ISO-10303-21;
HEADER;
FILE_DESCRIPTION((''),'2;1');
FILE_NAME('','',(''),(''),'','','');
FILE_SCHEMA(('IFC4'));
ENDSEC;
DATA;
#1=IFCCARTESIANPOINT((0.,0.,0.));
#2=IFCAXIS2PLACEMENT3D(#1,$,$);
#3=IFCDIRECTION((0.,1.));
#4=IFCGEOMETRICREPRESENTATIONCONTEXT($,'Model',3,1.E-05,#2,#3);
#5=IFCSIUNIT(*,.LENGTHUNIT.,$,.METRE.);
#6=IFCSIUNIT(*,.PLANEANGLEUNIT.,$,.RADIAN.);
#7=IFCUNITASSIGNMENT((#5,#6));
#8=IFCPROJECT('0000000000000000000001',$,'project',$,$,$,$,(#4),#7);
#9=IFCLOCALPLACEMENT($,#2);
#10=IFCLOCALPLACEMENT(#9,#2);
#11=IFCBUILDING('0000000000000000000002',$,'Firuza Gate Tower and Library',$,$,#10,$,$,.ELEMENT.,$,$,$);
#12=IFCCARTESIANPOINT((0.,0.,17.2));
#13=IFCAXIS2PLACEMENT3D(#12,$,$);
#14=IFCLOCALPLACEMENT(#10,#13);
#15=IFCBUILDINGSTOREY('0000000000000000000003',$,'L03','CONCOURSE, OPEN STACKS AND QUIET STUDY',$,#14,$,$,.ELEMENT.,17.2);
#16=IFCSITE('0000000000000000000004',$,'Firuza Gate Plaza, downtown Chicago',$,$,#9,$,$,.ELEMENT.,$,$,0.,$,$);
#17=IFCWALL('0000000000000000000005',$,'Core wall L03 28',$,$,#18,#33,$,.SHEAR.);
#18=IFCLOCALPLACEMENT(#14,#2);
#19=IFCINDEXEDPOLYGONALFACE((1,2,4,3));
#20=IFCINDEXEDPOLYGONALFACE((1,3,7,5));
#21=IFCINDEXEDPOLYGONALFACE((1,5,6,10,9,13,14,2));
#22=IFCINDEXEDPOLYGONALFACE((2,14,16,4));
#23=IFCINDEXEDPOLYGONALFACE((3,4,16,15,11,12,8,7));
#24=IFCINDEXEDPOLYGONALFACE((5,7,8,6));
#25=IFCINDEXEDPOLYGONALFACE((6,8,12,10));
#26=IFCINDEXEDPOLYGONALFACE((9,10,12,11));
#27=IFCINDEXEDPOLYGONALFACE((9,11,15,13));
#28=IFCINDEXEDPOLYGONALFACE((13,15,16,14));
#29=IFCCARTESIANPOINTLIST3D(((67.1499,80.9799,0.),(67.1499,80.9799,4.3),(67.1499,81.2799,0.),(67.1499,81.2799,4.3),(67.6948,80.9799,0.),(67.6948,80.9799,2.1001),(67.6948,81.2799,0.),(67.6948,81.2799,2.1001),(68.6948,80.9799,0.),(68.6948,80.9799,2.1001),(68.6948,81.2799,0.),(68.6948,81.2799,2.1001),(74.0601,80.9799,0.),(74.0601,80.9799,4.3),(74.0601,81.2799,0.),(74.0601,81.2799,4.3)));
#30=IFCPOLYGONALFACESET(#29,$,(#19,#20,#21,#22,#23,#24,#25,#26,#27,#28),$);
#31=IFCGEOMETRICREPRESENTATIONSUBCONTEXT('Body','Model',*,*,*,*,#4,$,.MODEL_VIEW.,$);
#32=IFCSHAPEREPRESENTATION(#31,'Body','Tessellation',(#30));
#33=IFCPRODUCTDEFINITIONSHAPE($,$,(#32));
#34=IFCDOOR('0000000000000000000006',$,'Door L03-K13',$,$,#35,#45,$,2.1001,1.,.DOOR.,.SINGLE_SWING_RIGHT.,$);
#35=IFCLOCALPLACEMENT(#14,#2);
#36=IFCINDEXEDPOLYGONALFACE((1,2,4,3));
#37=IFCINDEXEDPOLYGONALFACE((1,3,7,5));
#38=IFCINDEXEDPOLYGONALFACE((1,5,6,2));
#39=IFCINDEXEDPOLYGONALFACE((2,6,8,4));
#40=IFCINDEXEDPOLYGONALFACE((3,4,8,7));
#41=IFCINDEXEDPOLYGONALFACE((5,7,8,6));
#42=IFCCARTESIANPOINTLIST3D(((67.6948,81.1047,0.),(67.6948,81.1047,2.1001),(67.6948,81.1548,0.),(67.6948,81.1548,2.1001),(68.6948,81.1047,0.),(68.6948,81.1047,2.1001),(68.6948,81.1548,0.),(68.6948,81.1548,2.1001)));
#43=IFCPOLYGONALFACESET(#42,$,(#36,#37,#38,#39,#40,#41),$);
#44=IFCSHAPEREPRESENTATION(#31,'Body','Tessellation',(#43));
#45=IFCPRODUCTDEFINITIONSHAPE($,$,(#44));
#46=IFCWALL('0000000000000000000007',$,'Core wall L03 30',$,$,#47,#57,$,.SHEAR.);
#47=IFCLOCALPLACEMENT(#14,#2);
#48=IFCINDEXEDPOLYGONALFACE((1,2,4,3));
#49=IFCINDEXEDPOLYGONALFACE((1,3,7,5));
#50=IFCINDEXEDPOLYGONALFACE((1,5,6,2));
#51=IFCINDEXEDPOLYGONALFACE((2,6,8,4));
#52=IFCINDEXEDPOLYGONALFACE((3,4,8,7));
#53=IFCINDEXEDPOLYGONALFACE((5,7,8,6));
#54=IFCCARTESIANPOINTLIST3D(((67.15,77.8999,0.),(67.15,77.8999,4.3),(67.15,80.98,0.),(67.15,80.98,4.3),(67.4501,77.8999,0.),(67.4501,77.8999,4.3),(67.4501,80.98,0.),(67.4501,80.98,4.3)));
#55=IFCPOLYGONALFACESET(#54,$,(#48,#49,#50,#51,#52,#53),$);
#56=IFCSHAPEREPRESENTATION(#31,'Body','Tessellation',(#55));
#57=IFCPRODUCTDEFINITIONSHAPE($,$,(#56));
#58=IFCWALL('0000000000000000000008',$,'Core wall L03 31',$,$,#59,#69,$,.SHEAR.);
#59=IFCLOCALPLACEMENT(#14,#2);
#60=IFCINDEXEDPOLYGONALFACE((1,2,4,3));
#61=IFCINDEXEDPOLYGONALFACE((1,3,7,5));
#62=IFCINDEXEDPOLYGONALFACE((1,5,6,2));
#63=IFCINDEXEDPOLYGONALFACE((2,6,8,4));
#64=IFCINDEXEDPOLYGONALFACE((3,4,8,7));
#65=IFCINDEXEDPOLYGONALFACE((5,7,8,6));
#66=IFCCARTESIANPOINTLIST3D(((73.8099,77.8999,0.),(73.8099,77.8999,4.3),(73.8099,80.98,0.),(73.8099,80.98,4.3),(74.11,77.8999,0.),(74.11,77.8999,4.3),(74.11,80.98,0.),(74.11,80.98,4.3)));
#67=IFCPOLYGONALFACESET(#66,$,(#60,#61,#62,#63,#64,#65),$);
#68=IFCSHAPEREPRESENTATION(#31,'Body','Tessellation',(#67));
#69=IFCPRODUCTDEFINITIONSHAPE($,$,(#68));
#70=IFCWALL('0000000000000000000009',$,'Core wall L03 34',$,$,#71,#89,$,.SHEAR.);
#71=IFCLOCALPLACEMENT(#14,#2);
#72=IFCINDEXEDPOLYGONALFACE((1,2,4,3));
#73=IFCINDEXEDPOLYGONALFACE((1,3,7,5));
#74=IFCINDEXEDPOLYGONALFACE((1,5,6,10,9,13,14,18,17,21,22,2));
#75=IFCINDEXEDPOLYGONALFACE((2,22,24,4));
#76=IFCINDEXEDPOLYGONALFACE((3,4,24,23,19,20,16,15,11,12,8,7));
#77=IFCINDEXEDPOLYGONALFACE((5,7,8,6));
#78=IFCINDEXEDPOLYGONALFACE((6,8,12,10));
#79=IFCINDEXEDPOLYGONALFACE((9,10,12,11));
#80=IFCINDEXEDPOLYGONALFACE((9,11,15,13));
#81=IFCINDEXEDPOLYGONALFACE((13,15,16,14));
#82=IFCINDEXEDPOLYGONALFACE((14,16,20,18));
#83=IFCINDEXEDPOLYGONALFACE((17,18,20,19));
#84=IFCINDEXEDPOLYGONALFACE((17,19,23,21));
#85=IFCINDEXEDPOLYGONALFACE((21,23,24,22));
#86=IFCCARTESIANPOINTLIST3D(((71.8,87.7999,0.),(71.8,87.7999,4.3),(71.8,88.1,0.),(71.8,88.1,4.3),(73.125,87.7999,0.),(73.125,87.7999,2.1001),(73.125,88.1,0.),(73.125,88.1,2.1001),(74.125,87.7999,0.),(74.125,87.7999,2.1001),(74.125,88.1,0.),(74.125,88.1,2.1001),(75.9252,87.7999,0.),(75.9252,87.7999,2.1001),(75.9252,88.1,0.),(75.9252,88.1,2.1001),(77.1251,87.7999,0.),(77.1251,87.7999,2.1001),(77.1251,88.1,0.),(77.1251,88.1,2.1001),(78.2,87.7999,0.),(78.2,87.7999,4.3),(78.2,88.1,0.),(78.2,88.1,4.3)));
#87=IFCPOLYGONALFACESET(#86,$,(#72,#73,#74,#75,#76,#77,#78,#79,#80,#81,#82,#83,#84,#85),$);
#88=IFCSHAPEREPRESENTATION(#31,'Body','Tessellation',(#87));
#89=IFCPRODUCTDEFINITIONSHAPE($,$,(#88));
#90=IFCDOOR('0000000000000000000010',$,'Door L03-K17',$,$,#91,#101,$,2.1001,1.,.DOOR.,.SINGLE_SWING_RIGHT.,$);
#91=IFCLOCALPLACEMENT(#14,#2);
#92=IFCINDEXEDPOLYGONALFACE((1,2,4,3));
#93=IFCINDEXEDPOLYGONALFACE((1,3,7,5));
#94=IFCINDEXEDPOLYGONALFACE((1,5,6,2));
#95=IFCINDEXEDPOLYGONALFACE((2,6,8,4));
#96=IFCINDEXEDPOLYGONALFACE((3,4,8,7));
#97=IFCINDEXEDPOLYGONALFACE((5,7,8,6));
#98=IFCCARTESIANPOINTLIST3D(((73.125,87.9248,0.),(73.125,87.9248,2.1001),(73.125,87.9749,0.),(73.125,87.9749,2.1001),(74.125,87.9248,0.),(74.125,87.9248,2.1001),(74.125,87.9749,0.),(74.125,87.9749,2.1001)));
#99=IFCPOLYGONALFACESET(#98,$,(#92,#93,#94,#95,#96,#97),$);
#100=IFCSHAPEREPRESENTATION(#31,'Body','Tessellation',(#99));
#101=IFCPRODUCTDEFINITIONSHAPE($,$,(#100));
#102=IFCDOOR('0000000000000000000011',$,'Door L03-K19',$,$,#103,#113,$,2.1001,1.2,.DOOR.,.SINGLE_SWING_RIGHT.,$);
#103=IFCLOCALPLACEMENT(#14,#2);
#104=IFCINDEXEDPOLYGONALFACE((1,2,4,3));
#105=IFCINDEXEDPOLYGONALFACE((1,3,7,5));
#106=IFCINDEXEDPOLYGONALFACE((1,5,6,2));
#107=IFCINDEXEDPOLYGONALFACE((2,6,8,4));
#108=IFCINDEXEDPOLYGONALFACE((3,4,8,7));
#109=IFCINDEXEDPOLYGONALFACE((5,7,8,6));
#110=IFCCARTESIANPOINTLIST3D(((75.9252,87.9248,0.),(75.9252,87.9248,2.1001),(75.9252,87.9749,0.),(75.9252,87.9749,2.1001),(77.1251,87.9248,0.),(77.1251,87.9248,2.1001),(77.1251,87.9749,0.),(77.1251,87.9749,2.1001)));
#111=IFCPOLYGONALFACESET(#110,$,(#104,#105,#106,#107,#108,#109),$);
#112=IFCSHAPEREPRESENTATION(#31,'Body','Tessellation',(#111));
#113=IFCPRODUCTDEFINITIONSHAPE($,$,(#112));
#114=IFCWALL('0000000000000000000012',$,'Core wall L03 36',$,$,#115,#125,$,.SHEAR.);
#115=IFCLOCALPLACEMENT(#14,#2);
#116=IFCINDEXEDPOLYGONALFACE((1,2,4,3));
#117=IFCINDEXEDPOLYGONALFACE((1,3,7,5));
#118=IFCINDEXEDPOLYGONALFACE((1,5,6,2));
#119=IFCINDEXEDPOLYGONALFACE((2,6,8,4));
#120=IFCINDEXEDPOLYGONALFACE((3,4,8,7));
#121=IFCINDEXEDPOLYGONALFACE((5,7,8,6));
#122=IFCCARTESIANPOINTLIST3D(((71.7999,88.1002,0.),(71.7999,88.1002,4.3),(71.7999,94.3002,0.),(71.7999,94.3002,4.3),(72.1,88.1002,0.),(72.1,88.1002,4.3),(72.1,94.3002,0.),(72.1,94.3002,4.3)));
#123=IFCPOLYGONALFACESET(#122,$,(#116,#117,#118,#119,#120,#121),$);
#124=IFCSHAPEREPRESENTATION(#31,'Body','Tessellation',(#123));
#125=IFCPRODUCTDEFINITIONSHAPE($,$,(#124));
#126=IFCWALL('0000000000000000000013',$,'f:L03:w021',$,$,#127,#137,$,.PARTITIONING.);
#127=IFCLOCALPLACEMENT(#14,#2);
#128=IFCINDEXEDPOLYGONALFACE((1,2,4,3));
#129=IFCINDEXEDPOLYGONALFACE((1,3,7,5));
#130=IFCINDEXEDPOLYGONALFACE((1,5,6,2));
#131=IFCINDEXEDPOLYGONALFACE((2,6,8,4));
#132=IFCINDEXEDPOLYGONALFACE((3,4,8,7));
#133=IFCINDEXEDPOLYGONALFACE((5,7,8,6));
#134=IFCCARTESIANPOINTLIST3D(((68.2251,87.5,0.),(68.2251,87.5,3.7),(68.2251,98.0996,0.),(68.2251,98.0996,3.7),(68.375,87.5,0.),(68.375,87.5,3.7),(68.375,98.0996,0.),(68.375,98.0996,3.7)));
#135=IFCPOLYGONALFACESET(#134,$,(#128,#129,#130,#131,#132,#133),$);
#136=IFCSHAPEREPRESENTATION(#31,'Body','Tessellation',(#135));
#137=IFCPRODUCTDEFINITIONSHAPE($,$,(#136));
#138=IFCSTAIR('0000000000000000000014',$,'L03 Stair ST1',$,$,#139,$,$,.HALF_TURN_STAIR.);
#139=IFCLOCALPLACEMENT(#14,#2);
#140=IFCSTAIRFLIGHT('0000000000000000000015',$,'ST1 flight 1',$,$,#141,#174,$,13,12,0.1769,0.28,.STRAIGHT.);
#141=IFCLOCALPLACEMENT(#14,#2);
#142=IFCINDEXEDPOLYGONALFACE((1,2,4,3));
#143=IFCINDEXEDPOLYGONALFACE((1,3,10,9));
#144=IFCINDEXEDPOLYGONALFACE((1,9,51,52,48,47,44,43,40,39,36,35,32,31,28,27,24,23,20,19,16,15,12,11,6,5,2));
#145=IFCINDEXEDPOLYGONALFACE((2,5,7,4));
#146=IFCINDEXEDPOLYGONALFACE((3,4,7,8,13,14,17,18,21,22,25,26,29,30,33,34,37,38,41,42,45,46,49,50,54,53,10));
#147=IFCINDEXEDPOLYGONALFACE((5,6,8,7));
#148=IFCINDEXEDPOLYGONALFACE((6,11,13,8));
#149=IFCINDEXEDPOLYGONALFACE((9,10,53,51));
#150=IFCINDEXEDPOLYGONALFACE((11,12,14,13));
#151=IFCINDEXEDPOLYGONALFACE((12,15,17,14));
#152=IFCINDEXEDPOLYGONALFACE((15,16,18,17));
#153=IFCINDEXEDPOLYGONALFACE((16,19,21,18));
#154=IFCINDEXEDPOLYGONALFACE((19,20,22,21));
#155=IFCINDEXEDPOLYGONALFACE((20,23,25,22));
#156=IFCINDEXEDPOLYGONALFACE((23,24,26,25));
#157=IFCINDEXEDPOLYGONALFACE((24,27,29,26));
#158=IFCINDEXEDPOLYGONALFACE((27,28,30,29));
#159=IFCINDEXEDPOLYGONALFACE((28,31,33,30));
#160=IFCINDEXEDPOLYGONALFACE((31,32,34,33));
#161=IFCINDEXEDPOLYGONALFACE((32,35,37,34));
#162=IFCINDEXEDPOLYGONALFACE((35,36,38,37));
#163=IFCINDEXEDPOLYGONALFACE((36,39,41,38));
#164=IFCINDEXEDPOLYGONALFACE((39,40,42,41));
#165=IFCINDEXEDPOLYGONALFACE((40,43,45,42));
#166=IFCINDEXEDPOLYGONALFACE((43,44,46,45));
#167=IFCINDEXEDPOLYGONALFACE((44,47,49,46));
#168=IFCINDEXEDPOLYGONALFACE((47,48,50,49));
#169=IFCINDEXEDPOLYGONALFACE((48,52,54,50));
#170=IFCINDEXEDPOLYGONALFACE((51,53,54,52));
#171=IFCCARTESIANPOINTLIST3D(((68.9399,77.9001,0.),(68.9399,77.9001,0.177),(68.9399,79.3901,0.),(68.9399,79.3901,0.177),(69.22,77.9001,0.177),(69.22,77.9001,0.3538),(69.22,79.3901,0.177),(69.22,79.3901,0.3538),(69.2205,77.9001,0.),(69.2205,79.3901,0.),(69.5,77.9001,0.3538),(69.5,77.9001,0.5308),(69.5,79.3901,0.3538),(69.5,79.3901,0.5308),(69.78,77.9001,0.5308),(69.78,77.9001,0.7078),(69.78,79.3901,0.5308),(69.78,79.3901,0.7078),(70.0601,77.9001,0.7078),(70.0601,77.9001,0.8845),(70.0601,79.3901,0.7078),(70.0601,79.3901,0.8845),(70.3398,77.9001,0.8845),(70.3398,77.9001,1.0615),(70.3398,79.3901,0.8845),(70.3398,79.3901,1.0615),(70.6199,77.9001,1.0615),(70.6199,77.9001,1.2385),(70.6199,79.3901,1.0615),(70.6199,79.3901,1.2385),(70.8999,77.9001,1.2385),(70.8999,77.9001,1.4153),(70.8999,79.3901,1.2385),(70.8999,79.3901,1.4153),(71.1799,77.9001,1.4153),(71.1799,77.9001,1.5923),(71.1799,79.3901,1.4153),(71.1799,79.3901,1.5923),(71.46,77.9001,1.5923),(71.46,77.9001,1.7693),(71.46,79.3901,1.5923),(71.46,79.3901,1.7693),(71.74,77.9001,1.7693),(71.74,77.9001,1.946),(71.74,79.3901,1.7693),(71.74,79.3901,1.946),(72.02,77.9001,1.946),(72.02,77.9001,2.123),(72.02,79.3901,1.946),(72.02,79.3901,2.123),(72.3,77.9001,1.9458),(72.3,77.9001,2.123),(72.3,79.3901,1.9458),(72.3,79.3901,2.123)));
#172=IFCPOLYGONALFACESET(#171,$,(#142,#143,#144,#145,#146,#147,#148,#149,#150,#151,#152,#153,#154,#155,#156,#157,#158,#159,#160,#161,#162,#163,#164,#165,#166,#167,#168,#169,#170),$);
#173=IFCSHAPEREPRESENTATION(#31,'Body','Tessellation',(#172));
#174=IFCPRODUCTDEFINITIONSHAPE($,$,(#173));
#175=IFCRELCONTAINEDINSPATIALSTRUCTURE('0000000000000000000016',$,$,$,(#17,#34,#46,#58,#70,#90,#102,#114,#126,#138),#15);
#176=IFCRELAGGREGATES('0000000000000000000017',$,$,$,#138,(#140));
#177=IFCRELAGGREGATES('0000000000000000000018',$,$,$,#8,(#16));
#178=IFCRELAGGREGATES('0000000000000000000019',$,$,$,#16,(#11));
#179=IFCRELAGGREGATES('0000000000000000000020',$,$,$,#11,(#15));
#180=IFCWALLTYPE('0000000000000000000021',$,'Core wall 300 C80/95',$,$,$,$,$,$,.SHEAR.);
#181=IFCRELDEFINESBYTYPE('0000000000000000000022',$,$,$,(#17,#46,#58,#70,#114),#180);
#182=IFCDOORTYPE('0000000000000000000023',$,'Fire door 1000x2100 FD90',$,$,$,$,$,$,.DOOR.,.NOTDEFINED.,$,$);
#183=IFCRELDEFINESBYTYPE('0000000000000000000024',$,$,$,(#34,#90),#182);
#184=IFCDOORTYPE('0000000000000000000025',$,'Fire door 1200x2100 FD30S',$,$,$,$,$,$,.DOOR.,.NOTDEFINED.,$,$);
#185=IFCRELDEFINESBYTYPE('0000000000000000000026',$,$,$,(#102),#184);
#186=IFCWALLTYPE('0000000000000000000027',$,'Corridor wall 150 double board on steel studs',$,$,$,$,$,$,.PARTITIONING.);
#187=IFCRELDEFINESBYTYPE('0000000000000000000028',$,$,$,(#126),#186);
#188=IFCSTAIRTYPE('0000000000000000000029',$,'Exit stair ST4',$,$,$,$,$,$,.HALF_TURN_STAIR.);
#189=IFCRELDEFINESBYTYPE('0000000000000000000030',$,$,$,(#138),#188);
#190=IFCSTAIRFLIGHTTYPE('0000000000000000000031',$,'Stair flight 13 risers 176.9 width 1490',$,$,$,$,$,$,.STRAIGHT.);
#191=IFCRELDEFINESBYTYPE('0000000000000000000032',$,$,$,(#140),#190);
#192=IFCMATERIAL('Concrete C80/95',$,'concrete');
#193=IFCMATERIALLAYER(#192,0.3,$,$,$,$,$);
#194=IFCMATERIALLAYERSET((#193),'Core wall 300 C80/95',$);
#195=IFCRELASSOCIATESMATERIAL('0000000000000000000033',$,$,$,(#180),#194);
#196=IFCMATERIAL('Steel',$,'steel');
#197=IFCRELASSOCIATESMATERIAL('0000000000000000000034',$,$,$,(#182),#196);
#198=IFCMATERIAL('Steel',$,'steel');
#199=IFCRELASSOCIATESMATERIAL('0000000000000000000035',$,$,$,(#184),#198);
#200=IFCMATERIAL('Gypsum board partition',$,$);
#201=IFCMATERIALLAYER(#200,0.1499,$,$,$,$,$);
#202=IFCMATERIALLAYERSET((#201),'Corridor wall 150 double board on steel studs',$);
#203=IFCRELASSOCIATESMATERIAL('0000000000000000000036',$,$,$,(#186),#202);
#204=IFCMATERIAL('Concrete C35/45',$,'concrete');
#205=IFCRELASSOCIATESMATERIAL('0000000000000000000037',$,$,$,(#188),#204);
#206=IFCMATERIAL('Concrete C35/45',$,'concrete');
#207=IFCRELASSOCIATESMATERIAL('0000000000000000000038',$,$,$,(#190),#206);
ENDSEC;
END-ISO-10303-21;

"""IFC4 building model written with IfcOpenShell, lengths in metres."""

from ifc_helpers import new_model, si_unit, direction, frame, frame_2d, origin, place, context, subcontext, project, spatial, polyline, rectangle, outline, extrude, material, layer, layer_set, type_object, element, fill, aggregate, save


model = new_model("IFC4")

# Units and contexts
model_context = context("Model", 3, precision=1e-05, world=origin(), true_north=direction((0.0, 1.0)))
body_context = subcontext(model_context, "Body", "Model", "MODEL_VIEW")
ifc_project = project(units=[si_unit("LENGTHUNIT", "METRE"), si_unit("PLANEANGLEUNIT", "RADIAN")], contexts=[model_context])

# Site, building, storey
site_placement = place(None, origin())
site = spatial("IfcSite", under=ifc_project, at=site_placement, Name="Firuza Gate Plaza, downtown Chicago", CompositionType="ELEMENT", RefElevation=0.0)
building_placement = place(site_placement, origin())
building = spatial("IfcBuilding", under=site, at=building_placement, Name="Firuza Gate Tower and Library", CompositionType="ELEMENT")
storey_placement = place(building_placement, frame((0.0, 0.0, 17.2)))
storey = spatial("IfcBuildingStorey", under=building, at=storey_placement, Name="L03", Description="CONCOURSE, OPEN STACKS AND QUIET STUDY", CompositionType="ELEMENT", Elevation=17.2)

# Shared definitions
ifc_material_1 = material(Name="Concrete C80/95", Category="concrete")
ifc_layer_1 = layer(ifc_material_1, 0.3)
ifc_layer_set_1 = layer_set([ifc_layer_1], Name="Core wall 300 C80/95")
wall_type_1 = type_object("IfcWallType", Name="Core wall 300 C80/95", PredefinedType="SHEAR", material=ifc_layer_set_1)

# Wall, opening, door
wall_1_placement = place(storey_placement, frame((67.1499, 81.1299, 0.0), z_axis=(0.0, 0.0, 1.0), x_axis=(1.0, 0.0, 0.0)))
wall_1 = element("IfcWall", 1, at=wall_1_placement, inside=storey, type_object=wall_type_1, Name="Core wall L03 28", PredefinedType="SHEAR", context=body_context, shape_type="SweptSolid", body=[
    extrude(rectangle(XDim=6.9102, YDim=0.3, at=frame_2d((3.4551, 0.0))), origin(), (0.0, 0.0, 1.0), 4.3),
])
opening_1_placement = place(wall_1_placement, frame((0.5449, 0.0, 0.0)))
opening_1 = element("IfcOpeningElement", 2, at=opening_1_placement, cuts=wall_1, PredefinedType="OPENING", context=body_context, shape_type="SweptSolid", body=[
    extrude(rectangle(XDim=1.0, YDim=2.1001, at=frame_2d((0.5, 1.05))), frame((0.0, 0.1602, 0.0), z_axis=(0.0, -1.0, 0.0), x_axis=(1.0, 0.0, 0.0)), (0.0, 0.0, 1.0), 0.3201),
])
ifc_material_2 = material(Name="Steel", Category="steel")
door_type_1 = type_object("IfcDoorType", Name="Fire door 1000x2100 FD90", OperationType="NOTDEFINED", PredefinedType="DOOR", material=ifc_material_2)
door_1_placement = place(opening_1_placement, origin())
door_1 = element("IfcDoor", 3, at=door_1_placement, inside=storey, type_object=door_type_1, Name="Door L03-K13", OperationType="SINGLE_SWING_RIGHT", OverallHeight=2.1001, OverallWidth=1.0, PredefinedType="DOOR", context=body_context, shape_type="SweptSolid", body=[
    extrude(rectangle(XDim=1.0, YDim=2.1001, at=frame_2d((0.5, 1.05))), frame((0.0, 0.0249, 0.0), z_axis=(0.0, -1.0, 0.0), x_axis=(1.0, 0.0, 0.0)), (0.0, 0.0, 1.0), 0.05),
])
fill(opening_1, door_1)

# Walls
for number, where, z_axis, x_axis, name in (
    (4, (67.3, 77.8999, 0.0), (0.0, 0.0, 1.0), (0.0, 1.0, 0.0), "Core wall L03 30"),
    (5, (73.96, 77.8999, 0.0), (0.0, 0.0, 1.0), (0.0, 1.0, 0.0), "Core wall L03 31"),
):
    element("IfcWall", number, at=place(storey_placement, frame(where, z_axis=z_axis, x_axis=x_axis)), inside=storey, type_object=wall_type_1, Name=name, PredefinedType="SHEAR", context=body_context, shape_type="SweptSolid", body=[
        extrude(rectangle(XDim=3.0801, YDim=0.3, at=frame_2d((1.54, 0.0))), origin(), (0.0, 0.0, 1.0), 4.3),
    ])

# Wall, openings, doors
wall_2_placement = place(storey_placement, frame((71.8, 87.95, 0.0), z_axis=(0.0, 0.0, 1.0), x_axis=(1.0, 0.0, 0.0)))
wall_2 = element("IfcWall", 6, at=wall_2_placement, inside=storey, type_object=wall_type_1, Name="Core wall L03 34", PredefinedType="SHEAR", context=body_context, shape_type="SweptSolid", body=[
    extrude(rectangle(XDim=6.3999, YDim=0.3, at=frame_2d((3.2, 0.0))), origin(), (0.0, 0.0, 1.0), 4.3),
])
opening_2_placement = place(wall_2_placement, frame((1.325, 0.0, 0.0)))
opening_2 = element("IfcOpeningElement", 7, at=opening_2_placement, cuts=wall_2, PredefinedType="OPENING", context=body_context, shape_type="SweptSolid", body=[
    extrude(rectangle(XDim=1.0, YDim=2.1001, at=frame_2d((0.5, 1.05))), frame((0.0, 0.1602, 0.0), z_axis=(0.0, -1.0, 0.0), x_axis=(1.0, 0.0, 0.0)), (0.0, 0.0, 1.0), 0.3201),
])
opening_3_placement = place(wall_2_placement, frame((4.125, 0.0, 0.0)))
opening_3 = element("IfcOpeningElement", 8, at=opening_3_placement, cuts=wall_2, PredefinedType="OPENING", context=body_context, shape_type="SweptSolid", body=[
    extrude(rectangle(XDim=1.2, YDim=2.1001, at=frame_2d((0.6001, 1.05))), frame((0.0, 0.1602, 0.0), z_axis=(0.0, -1.0, 0.0), x_axis=(1.0, 0.0, 0.0)), (0.0, 0.0, 1.0), 0.3201),
])
door_2_placement = place(opening_2_placement, origin())
door_2 = element("IfcDoor", 9, at=door_2_placement, inside=storey, type_object=door_type_1, Name="Door L03-K17", OperationType="SINGLE_SWING_RIGHT", OverallHeight=2.1001, OverallWidth=1.0, PredefinedType="DOOR", context=body_context, shape_type="SweptSolid", body=[
    extrude(rectangle(XDim=1.0, YDim=2.1001, at=frame_2d((0.5, 1.05))), frame((0.0, 0.0249, 0.0), z_axis=(0.0, -1.0, 0.0), x_axis=(1.0, 0.0, 0.0)), (0.0, 0.0, 1.0), 0.05),
])
fill(opening_2, door_2)
ifc_material_3 = material(Name="Steel", Category="steel")
door_type_2 = type_object("IfcDoorType", Name="Fire door 1200x2100 FD30S", OperationType="NOTDEFINED", PredefinedType="DOOR", material=ifc_material_3)
door_3_placement = place(opening_3_placement, origin())
door_3 = element("IfcDoor", 10, at=door_3_placement, inside=storey, type_object=door_type_2, Name="Door L03-K19", OperationType="SINGLE_SWING_RIGHT", OverallHeight=2.1001, OverallWidth=1.2, PredefinedType="DOOR", context=body_context, shape_type="SweptSolid", body=[
    extrude(rectangle(XDim=1.2, YDim=2.1001, at=frame_2d((0.6001, 1.05))), frame((0.0, 0.0249, 0.0), z_axis=(0.0, -1.0, 0.0), x_axis=(1.0, 0.0, 0.0)), (0.0, 0.0, 1.0), 0.05),
])
fill(opening_3, door_3)

# Walls
wall_3_placement = place(storey_placement, frame((71.95, 88.1001, 0.0), z_axis=(0.0, 0.0, 1.0), x_axis=(0.0, 1.0, 0.0)))
element("IfcWall", 11, at=wall_3_placement, inside=storey, type_object=wall_type_1, Name="Core wall L03 36", PredefinedType="SHEAR", context=body_context, shape_type="SweptSolid", body=[
    extrude(rectangle(XDim=6.2, YDim=0.3, at=frame_2d((3.1001, 0.0))), origin(), (0.0, 0.0, 1.0), 4.3),
])
ifc_material_4 = material(Name="Gypsum board partition")
ifc_layer_2 = layer(ifc_material_4, 0.1499)
ifc_layer_set_2 = layer_set([ifc_layer_2], Name="Corridor wall 150 double board on steel studs")
wall_type_2 = type_object("IfcWallType", Name="Corridor wall 150 double board on steel studs", PredefinedType="PARTITIONING", material=ifc_layer_set_2)
wall_4_placement = place(storey_placement, frame((68.3, 87.5, 0.0), z_axis=(0.0, 0.0, 1.0), x_axis=(0.0, 1.0, 0.0)))
element("IfcWall", 12, at=wall_4_placement, inside=storey, type_object=wall_type_2, Name="f:L03:w021", PredefinedType="PARTITIONING", context=body_context, shape_type="SweptSolid", body=[
    extrude(rectangle(XDim=10.5996, YDim=0.1499, at=frame_2d((5.2998, 0.0))), origin(), (0.0, 0.0, 1.0), 3.7),
])

# Stair, stair flight
ifc_material_5 = material(Name="Concrete C35/45", Category="concrete")
stair_type = type_object("IfcStairType", Name="Exit stair ST4", PredefinedType="HALF_TURN_STAIR", material=ifc_material_5)
stair_placement = place(storey_placement, origin())
stair = element("IfcStair", 13, at=stair_placement, inside=storey, type_object=stair_type, Name="L03 Stair ST1", PredefinedType="HALF_TURN_STAIR")
ifc_material_6 = material(Name="Concrete C35/45", Category="concrete")
stair_flight_type = type_object("IfcStairFlightType", Name="Stair flight 13 risers 176.9 width 1490", PredefinedType="STRAIGHT", material=ifc_material_6)
stair_flight_1_placement = place(storey_placement, frame((68.9399, 78.645, 0.0), z_axis=(0.0, 0.0, 1.0), x_axis=(1.0, 0.0, 0.0)))
stair_flight_1 = element("IfcStairFlight", 14, at=stair_flight_1_placement, type_object=stair_flight_type, Name="ST1 flight 1", NumberOfRisers=13, NumberOfTreads=12, PredefinedType="STRAIGHT", RiserHeight=0.1769, TreadLength=0.28, context=body_context, shape_type="SweptSolid", body=[
    extrude(outline(polyline([(0.0, 0.0), (0.0, 0.177), (0.28, 0.177), (0.28, 0.3538), (0.5601, 0.3538), (0.5601, 0.5308), (0.8401, 0.5308), (0.8401, 0.7078), (1.1201, 0.7078), (1.1201, 0.8845), (1.3999, 0.8845), (1.3999, 1.0615), (1.6799, 1.0615), (1.6799, 1.2385), (1.96, 1.2385), (1.96, 1.4153), (2.24, 1.4153), (2.24, 1.5923), (2.52, 1.5923), (2.52, 1.7693), (2.8, 1.7693), (2.8, 1.946), (3.0801, 1.946), (3.0801, 2.123), (3.3601, 2.123), (3.3601, 2.3), (3.3601, 1.9458), (0.2805, 0.0), (0.0, 0.0)])), frame((0.0, 0.7451, 0.0), z_axis=(0.0, -1.0, 0.0), x_axis=(1.0, 0.0, 0.0)), (0.0, 0.0, 1.0), 1.49),
])
aggregate(stair, [stair_flight_1])

save(model, "model.ifc")
